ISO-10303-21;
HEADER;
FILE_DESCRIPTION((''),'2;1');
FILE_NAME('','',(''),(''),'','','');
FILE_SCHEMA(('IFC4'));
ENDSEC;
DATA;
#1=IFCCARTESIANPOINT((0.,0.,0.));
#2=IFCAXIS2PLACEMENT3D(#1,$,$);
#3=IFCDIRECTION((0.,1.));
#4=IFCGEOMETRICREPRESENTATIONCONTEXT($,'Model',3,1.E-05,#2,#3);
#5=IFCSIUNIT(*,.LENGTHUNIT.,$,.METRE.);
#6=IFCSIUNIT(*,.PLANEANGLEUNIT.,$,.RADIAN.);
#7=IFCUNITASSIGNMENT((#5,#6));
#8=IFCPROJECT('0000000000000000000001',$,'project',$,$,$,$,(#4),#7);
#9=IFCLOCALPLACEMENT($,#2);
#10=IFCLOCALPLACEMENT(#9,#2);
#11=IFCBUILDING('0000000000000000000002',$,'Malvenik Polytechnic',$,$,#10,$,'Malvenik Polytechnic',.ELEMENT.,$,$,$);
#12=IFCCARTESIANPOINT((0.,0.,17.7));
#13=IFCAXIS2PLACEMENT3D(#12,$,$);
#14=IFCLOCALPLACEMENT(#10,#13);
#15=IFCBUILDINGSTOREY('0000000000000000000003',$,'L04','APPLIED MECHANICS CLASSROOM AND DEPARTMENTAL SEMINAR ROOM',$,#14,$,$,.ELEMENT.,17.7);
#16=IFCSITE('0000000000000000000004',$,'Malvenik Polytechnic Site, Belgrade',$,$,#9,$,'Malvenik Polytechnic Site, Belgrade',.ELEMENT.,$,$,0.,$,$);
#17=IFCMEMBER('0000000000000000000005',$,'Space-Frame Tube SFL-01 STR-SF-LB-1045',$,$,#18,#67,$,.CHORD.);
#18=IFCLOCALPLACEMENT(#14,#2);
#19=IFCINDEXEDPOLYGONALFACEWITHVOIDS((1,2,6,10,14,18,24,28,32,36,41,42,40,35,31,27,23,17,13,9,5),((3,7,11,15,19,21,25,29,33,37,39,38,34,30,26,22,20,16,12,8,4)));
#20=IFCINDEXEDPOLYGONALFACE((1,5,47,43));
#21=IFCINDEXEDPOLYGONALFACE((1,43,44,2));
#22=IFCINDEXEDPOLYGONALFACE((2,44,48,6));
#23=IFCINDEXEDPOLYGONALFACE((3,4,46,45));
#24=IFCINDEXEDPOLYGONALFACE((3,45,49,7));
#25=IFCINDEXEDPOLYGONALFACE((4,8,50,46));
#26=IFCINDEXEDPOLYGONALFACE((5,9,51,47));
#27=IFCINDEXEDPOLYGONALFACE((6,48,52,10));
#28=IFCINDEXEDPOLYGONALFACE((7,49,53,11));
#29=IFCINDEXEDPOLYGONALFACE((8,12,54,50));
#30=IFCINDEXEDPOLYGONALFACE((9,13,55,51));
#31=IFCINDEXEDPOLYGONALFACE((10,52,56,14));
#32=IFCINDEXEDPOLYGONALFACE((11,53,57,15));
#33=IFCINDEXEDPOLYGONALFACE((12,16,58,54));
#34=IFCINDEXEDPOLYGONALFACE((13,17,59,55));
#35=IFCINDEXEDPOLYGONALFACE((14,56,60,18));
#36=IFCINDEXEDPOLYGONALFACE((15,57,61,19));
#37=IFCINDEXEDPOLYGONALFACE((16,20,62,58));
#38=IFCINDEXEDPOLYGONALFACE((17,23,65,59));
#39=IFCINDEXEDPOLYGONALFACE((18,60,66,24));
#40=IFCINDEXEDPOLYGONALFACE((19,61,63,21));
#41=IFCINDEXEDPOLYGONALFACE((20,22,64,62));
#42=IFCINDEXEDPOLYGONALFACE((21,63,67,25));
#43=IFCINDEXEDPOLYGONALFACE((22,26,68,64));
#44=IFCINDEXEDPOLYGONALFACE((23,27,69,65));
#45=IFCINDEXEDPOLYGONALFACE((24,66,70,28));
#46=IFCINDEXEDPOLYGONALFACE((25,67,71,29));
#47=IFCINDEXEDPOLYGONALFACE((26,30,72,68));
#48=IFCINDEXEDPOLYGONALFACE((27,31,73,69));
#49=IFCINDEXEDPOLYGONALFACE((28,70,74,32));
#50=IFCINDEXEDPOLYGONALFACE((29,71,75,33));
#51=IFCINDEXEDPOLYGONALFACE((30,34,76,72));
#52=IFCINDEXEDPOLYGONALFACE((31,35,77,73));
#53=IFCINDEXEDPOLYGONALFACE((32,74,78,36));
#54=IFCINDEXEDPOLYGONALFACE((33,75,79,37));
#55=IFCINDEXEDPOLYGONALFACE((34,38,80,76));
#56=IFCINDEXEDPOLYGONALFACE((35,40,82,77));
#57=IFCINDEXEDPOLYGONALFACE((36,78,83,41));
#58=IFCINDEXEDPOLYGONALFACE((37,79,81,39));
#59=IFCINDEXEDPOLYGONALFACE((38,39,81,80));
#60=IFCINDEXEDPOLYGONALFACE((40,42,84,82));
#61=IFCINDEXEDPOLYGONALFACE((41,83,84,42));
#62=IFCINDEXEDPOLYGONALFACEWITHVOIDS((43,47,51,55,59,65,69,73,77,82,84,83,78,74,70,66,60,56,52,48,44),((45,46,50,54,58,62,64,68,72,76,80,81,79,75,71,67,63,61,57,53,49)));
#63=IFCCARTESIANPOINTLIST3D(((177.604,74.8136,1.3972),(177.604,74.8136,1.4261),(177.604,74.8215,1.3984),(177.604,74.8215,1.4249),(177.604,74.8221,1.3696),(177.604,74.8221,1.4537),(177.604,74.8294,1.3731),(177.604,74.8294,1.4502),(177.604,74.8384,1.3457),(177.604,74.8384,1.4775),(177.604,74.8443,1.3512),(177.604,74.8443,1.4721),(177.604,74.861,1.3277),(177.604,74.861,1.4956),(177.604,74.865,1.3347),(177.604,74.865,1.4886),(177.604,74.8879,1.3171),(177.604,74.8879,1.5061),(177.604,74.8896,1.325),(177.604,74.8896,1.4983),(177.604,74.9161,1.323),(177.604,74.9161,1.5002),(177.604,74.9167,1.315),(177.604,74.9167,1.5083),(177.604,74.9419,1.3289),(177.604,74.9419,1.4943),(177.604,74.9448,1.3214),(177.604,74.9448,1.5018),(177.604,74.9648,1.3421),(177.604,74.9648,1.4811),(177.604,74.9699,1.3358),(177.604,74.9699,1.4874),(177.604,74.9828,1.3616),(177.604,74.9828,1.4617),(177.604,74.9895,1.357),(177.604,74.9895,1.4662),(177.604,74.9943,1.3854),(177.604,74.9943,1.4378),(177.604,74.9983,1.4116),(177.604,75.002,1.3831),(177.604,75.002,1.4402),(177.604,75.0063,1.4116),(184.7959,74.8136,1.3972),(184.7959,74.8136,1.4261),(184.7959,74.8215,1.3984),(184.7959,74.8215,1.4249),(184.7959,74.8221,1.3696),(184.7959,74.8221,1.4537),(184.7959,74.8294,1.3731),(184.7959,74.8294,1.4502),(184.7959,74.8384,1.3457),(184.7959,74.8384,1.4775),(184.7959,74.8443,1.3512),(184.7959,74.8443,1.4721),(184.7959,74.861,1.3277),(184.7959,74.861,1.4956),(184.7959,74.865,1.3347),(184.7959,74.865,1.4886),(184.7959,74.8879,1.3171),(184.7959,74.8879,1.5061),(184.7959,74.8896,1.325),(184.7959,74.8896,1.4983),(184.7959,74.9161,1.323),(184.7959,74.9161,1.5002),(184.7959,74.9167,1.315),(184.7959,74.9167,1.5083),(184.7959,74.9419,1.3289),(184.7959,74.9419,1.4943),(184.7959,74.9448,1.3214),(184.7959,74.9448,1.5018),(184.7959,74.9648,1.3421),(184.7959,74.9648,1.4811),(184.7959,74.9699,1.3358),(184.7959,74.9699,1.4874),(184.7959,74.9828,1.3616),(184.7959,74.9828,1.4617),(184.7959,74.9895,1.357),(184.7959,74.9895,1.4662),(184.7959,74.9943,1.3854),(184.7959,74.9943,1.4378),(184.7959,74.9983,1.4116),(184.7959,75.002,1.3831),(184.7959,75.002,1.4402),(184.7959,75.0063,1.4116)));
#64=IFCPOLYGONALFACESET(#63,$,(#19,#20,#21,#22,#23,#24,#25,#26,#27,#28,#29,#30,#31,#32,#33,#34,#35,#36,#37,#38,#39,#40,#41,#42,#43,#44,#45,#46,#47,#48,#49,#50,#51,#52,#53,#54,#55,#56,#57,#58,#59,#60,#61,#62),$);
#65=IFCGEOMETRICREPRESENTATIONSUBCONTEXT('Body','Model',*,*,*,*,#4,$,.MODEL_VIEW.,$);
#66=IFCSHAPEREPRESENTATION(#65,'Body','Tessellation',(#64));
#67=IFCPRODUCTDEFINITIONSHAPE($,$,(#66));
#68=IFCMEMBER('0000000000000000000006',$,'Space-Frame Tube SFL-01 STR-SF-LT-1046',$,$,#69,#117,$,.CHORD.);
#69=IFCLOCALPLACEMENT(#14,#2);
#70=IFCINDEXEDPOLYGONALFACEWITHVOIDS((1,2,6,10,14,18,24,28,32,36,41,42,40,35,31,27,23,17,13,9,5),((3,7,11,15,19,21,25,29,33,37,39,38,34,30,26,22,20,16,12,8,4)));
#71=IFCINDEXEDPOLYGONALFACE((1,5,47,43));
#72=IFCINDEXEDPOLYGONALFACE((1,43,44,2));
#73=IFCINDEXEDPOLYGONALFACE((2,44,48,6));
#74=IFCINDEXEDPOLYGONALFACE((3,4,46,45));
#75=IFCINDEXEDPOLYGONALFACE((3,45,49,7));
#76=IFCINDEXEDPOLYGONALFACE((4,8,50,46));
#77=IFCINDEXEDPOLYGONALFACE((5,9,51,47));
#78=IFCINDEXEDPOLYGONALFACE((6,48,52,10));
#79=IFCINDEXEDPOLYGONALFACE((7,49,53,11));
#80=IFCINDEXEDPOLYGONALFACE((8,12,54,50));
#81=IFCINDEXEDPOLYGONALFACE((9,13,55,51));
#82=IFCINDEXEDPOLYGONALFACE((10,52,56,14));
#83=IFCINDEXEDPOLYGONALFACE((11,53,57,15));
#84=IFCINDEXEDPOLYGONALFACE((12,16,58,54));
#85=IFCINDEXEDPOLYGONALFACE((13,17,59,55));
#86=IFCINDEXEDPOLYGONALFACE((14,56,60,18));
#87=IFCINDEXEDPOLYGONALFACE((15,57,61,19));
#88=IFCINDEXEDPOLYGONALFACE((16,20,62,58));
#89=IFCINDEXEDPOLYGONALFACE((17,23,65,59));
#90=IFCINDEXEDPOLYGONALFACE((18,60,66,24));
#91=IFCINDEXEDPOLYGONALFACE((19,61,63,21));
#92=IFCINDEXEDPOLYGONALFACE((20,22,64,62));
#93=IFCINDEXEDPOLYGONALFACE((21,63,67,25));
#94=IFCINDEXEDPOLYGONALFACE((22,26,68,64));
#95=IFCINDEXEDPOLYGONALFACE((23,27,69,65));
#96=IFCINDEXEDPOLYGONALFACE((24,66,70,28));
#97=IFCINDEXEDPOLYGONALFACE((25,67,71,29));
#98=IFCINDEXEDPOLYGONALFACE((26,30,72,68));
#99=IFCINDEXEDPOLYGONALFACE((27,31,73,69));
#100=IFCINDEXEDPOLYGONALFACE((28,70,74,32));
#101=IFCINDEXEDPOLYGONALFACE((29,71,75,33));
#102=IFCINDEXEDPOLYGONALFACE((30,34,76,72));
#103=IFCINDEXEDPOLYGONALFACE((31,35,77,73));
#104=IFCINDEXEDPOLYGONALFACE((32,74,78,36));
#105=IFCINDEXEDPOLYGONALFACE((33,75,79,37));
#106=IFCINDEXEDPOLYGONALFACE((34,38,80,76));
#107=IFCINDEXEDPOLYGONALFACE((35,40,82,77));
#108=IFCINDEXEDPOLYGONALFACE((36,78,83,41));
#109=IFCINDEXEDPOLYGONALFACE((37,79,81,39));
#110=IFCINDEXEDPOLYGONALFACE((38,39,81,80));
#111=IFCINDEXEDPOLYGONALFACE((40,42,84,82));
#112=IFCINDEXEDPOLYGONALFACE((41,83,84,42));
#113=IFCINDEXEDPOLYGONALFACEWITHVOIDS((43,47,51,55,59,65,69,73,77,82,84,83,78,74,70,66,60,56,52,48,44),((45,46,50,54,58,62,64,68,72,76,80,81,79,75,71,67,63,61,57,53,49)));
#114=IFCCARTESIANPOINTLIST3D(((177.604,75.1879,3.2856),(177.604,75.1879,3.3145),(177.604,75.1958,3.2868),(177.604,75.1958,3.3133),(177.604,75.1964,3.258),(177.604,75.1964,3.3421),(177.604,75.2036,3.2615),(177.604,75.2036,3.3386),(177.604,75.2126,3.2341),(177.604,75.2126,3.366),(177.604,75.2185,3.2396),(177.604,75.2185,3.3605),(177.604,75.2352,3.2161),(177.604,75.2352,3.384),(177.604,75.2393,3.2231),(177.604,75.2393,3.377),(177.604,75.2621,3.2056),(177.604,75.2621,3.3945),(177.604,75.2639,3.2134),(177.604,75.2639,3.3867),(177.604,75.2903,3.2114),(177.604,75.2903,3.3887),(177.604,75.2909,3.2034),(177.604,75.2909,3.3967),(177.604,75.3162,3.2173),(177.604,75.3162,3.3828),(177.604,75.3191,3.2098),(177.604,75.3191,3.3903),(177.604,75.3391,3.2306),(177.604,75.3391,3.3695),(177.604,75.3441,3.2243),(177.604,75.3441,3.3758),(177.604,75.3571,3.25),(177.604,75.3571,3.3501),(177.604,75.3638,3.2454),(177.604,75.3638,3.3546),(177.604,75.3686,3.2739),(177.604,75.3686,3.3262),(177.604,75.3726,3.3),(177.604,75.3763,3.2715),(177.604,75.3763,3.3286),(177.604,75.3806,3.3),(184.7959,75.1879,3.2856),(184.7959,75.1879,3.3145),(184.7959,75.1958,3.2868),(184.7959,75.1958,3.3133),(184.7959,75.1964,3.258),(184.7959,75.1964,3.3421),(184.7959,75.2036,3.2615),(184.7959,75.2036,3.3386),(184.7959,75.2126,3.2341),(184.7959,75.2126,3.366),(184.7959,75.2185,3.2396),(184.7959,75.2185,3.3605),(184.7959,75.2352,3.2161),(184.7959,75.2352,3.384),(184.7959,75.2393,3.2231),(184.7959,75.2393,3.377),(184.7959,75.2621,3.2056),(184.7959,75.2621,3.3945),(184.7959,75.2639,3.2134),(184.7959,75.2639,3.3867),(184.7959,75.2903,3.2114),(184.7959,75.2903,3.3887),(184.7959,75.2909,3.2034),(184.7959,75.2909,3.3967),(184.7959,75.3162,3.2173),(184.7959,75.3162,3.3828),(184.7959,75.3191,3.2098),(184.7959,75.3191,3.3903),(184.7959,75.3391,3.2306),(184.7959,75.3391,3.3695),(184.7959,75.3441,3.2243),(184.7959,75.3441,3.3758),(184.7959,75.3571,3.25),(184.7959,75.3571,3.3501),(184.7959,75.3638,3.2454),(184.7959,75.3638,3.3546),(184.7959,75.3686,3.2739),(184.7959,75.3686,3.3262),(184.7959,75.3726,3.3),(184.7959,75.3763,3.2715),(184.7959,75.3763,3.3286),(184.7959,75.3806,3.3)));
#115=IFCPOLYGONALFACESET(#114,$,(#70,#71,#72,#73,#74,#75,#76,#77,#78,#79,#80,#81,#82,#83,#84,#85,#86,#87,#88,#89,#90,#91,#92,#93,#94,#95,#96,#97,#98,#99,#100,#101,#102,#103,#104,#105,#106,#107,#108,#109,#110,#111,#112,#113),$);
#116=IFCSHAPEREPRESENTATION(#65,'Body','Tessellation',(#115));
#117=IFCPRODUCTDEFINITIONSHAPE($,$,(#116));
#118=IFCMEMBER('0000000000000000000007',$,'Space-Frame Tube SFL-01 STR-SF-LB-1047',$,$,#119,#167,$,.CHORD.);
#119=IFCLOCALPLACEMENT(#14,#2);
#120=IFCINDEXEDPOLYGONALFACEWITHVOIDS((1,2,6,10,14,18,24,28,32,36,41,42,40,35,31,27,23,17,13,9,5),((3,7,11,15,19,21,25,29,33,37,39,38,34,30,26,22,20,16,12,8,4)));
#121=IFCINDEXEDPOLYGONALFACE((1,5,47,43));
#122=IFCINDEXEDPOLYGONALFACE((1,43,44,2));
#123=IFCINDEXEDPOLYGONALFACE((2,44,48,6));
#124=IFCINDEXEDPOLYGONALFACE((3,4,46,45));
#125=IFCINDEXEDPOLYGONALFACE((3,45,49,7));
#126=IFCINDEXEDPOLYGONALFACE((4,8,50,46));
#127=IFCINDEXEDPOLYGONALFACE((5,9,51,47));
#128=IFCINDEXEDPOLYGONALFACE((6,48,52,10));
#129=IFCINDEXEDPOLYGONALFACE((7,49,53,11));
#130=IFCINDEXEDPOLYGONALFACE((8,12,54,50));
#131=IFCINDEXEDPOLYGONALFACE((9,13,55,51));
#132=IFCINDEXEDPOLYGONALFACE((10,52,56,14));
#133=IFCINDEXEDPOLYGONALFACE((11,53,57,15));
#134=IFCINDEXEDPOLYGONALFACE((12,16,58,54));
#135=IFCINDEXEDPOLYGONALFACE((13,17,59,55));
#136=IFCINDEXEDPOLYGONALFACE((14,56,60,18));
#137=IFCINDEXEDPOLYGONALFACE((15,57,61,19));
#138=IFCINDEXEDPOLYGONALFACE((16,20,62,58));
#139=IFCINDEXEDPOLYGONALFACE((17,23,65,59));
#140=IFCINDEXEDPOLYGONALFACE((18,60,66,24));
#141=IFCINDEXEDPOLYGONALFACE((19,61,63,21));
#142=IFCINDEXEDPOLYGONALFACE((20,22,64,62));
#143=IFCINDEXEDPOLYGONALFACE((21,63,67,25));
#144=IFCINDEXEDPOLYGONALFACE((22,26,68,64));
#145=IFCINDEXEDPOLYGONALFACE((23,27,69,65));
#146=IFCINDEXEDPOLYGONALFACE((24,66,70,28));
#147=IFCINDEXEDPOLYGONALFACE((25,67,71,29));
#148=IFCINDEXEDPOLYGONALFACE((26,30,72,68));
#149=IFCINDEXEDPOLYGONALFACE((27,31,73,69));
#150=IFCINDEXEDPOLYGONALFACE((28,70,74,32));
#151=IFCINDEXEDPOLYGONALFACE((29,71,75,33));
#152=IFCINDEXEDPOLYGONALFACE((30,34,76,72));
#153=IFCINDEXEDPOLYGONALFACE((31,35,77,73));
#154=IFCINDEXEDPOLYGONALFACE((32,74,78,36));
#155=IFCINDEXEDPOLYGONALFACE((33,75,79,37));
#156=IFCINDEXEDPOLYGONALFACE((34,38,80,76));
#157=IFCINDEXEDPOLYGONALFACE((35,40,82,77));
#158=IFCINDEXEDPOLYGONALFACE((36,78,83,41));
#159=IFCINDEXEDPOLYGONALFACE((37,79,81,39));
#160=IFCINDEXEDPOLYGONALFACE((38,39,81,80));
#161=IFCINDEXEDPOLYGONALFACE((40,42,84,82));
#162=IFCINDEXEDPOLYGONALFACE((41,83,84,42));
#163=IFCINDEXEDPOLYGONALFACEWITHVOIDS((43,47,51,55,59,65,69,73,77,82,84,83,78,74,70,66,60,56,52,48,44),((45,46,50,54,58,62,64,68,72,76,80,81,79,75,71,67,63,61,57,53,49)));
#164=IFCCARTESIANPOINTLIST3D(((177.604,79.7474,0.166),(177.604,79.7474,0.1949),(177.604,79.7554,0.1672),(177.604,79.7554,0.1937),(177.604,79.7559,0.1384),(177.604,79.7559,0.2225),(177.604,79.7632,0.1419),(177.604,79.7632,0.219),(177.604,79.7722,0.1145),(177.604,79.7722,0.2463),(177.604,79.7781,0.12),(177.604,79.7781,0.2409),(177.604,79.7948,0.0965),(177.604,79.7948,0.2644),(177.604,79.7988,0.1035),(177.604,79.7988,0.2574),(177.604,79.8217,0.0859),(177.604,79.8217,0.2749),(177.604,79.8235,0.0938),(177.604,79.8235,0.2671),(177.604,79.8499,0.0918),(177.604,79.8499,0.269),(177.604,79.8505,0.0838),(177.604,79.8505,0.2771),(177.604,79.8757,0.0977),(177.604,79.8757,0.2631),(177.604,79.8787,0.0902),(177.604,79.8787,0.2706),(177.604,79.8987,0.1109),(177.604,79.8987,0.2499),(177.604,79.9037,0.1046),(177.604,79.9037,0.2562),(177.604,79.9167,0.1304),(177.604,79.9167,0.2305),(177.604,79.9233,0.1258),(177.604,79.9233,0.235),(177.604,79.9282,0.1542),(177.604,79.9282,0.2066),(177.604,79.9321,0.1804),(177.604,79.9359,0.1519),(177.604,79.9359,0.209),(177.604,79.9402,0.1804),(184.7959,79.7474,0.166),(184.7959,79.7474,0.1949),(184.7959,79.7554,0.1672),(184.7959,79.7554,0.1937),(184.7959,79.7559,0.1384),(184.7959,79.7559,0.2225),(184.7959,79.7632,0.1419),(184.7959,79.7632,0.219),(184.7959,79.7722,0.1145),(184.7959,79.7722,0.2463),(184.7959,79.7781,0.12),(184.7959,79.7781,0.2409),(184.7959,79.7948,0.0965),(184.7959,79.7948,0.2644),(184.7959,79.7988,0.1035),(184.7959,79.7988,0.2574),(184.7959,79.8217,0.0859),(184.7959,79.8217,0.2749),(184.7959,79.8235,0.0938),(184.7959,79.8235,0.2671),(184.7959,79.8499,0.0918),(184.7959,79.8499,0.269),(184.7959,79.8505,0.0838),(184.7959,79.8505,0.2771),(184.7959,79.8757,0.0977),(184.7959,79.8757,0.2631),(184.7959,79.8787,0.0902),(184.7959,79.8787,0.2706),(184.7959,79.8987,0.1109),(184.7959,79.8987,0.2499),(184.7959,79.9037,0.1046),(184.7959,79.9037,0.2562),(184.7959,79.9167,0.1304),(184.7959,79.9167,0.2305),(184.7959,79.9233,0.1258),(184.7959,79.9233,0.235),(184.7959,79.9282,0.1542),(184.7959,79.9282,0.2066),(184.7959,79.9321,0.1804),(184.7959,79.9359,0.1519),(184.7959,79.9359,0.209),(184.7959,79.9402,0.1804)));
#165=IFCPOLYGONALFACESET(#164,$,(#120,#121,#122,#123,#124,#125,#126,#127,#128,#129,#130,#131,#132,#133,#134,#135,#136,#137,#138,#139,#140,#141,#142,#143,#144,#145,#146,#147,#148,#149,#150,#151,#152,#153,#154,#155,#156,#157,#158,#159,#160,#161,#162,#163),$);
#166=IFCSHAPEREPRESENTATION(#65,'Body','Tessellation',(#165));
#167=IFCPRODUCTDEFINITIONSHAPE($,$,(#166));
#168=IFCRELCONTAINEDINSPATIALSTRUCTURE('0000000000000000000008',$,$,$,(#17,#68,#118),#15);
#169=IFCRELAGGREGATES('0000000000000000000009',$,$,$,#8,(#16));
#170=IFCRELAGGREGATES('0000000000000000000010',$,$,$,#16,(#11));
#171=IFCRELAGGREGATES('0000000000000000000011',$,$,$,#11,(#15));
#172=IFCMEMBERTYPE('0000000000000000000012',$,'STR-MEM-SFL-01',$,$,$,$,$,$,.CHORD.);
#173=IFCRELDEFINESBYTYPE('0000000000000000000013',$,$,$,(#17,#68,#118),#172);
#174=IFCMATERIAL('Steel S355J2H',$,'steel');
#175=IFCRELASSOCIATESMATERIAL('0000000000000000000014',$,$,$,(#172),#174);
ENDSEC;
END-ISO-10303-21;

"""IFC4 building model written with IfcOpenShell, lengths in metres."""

from ifc_helpers import new_model, si_unit, direction, frame, origin, origin_2d, place, context, subcontext, project, spatial, hollow_circle, extrude, material, material_profile, profile_set, type_object, element, save


model = new_model("IFC4")

# Units and contexts
model_context = context("Model", 3, precision=1e-05, world=origin(), true_north=direction((0.0, 1.0)))
body_context = subcontext(model_context, "Body", "Model", "MODEL_VIEW")
ifc_project = project(units=[si_unit("LENGTHUNIT", "METRE"), si_unit("PLANEANGLEUNIT", "RADIAN")], contexts=[model_context])

# Site, building, storey
site_placement = place(None, origin())
site = spatial("IfcSite", under=ifc_project, at=site_placement, Name="Malvenik Polytechnic Site, Belgrade", LongName="Malvenik Polytechnic Site, Belgrade", CompositionType="ELEMENT", RefElevation=0.0)
building_placement = place(site_placement, origin())
building = spatial("IfcBuilding", under=site, at=building_placement, Name="Malvenik Polytechnic", LongName="Malvenik Polytechnic", CompositionType="ELEMENT")
storey_placement = place(building_placement, frame((0.0, 0.0, 17.7)))
storey = spatial("IfcBuildingStorey", under=building, at=storey_placement, Name="L04", Description="APPLIED MECHANICS CLASSROOM AND DEPARTMENTAL SEMINAR ROOM", CompositionType="ELEMENT", Elevation=17.7)

# Members
ifc_material = material(Name="Steel S355J2H", Category="steel")
ifc_material_profile_1 = material_profile(ifc_material, hollow_circle(Radius=0.0969, WallThickness=0.0081, at=origin_2d()), Name="CHS 193.7x8.0")
ifc_profile_set_1 = profile_set([ifc_material_profile_1], Name="Steel S355J2H")
member_type_1 = type_object("IfcMemberType", Name="STR-MEM-SFL-01", PredefinedType="CHORD", material=ifc_profile_set_1)
for number, where, z_axis, x_axis, name in (
    (1, (177.604, 74.9094, 1.4116), (1.0, 0.0, 0.0), (0.0, 1.0, 0.0), "Space-Frame Tube SFL-01 STR-SF-LB-1045"),
    (2, (177.604, 75.2837, 3.3), (1.0, 0.0, 0.0), (0.0, 1.0, 0.0), "Space-Frame Tube SFL-01 STR-SF-LT-1046"),
    (3, (177.604, 79.8433, 0.1804), (1.0, 0.0, 0.0), (0.0, 1.0, 0.0), "Space-Frame Tube SFL-01 STR-SF-LB-1047"),
):
    element("IfcMember", number, at=place(storey_placement, frame(where, z_axis=z_axis, x_axis=x_axis)), inside=storey, type_object=member_type_1, Name=name, PredefinedType="CHORD", context=body_context, shape_type="SweptSolid", body=[
        extrude(hollow_circle(Radius=0.0969, WallThickness=0.0081, at=origin_2d()), origin(), (0.0, 0.0, 1.0), 7.1919),
    ])

save(model, "model.ifc")
